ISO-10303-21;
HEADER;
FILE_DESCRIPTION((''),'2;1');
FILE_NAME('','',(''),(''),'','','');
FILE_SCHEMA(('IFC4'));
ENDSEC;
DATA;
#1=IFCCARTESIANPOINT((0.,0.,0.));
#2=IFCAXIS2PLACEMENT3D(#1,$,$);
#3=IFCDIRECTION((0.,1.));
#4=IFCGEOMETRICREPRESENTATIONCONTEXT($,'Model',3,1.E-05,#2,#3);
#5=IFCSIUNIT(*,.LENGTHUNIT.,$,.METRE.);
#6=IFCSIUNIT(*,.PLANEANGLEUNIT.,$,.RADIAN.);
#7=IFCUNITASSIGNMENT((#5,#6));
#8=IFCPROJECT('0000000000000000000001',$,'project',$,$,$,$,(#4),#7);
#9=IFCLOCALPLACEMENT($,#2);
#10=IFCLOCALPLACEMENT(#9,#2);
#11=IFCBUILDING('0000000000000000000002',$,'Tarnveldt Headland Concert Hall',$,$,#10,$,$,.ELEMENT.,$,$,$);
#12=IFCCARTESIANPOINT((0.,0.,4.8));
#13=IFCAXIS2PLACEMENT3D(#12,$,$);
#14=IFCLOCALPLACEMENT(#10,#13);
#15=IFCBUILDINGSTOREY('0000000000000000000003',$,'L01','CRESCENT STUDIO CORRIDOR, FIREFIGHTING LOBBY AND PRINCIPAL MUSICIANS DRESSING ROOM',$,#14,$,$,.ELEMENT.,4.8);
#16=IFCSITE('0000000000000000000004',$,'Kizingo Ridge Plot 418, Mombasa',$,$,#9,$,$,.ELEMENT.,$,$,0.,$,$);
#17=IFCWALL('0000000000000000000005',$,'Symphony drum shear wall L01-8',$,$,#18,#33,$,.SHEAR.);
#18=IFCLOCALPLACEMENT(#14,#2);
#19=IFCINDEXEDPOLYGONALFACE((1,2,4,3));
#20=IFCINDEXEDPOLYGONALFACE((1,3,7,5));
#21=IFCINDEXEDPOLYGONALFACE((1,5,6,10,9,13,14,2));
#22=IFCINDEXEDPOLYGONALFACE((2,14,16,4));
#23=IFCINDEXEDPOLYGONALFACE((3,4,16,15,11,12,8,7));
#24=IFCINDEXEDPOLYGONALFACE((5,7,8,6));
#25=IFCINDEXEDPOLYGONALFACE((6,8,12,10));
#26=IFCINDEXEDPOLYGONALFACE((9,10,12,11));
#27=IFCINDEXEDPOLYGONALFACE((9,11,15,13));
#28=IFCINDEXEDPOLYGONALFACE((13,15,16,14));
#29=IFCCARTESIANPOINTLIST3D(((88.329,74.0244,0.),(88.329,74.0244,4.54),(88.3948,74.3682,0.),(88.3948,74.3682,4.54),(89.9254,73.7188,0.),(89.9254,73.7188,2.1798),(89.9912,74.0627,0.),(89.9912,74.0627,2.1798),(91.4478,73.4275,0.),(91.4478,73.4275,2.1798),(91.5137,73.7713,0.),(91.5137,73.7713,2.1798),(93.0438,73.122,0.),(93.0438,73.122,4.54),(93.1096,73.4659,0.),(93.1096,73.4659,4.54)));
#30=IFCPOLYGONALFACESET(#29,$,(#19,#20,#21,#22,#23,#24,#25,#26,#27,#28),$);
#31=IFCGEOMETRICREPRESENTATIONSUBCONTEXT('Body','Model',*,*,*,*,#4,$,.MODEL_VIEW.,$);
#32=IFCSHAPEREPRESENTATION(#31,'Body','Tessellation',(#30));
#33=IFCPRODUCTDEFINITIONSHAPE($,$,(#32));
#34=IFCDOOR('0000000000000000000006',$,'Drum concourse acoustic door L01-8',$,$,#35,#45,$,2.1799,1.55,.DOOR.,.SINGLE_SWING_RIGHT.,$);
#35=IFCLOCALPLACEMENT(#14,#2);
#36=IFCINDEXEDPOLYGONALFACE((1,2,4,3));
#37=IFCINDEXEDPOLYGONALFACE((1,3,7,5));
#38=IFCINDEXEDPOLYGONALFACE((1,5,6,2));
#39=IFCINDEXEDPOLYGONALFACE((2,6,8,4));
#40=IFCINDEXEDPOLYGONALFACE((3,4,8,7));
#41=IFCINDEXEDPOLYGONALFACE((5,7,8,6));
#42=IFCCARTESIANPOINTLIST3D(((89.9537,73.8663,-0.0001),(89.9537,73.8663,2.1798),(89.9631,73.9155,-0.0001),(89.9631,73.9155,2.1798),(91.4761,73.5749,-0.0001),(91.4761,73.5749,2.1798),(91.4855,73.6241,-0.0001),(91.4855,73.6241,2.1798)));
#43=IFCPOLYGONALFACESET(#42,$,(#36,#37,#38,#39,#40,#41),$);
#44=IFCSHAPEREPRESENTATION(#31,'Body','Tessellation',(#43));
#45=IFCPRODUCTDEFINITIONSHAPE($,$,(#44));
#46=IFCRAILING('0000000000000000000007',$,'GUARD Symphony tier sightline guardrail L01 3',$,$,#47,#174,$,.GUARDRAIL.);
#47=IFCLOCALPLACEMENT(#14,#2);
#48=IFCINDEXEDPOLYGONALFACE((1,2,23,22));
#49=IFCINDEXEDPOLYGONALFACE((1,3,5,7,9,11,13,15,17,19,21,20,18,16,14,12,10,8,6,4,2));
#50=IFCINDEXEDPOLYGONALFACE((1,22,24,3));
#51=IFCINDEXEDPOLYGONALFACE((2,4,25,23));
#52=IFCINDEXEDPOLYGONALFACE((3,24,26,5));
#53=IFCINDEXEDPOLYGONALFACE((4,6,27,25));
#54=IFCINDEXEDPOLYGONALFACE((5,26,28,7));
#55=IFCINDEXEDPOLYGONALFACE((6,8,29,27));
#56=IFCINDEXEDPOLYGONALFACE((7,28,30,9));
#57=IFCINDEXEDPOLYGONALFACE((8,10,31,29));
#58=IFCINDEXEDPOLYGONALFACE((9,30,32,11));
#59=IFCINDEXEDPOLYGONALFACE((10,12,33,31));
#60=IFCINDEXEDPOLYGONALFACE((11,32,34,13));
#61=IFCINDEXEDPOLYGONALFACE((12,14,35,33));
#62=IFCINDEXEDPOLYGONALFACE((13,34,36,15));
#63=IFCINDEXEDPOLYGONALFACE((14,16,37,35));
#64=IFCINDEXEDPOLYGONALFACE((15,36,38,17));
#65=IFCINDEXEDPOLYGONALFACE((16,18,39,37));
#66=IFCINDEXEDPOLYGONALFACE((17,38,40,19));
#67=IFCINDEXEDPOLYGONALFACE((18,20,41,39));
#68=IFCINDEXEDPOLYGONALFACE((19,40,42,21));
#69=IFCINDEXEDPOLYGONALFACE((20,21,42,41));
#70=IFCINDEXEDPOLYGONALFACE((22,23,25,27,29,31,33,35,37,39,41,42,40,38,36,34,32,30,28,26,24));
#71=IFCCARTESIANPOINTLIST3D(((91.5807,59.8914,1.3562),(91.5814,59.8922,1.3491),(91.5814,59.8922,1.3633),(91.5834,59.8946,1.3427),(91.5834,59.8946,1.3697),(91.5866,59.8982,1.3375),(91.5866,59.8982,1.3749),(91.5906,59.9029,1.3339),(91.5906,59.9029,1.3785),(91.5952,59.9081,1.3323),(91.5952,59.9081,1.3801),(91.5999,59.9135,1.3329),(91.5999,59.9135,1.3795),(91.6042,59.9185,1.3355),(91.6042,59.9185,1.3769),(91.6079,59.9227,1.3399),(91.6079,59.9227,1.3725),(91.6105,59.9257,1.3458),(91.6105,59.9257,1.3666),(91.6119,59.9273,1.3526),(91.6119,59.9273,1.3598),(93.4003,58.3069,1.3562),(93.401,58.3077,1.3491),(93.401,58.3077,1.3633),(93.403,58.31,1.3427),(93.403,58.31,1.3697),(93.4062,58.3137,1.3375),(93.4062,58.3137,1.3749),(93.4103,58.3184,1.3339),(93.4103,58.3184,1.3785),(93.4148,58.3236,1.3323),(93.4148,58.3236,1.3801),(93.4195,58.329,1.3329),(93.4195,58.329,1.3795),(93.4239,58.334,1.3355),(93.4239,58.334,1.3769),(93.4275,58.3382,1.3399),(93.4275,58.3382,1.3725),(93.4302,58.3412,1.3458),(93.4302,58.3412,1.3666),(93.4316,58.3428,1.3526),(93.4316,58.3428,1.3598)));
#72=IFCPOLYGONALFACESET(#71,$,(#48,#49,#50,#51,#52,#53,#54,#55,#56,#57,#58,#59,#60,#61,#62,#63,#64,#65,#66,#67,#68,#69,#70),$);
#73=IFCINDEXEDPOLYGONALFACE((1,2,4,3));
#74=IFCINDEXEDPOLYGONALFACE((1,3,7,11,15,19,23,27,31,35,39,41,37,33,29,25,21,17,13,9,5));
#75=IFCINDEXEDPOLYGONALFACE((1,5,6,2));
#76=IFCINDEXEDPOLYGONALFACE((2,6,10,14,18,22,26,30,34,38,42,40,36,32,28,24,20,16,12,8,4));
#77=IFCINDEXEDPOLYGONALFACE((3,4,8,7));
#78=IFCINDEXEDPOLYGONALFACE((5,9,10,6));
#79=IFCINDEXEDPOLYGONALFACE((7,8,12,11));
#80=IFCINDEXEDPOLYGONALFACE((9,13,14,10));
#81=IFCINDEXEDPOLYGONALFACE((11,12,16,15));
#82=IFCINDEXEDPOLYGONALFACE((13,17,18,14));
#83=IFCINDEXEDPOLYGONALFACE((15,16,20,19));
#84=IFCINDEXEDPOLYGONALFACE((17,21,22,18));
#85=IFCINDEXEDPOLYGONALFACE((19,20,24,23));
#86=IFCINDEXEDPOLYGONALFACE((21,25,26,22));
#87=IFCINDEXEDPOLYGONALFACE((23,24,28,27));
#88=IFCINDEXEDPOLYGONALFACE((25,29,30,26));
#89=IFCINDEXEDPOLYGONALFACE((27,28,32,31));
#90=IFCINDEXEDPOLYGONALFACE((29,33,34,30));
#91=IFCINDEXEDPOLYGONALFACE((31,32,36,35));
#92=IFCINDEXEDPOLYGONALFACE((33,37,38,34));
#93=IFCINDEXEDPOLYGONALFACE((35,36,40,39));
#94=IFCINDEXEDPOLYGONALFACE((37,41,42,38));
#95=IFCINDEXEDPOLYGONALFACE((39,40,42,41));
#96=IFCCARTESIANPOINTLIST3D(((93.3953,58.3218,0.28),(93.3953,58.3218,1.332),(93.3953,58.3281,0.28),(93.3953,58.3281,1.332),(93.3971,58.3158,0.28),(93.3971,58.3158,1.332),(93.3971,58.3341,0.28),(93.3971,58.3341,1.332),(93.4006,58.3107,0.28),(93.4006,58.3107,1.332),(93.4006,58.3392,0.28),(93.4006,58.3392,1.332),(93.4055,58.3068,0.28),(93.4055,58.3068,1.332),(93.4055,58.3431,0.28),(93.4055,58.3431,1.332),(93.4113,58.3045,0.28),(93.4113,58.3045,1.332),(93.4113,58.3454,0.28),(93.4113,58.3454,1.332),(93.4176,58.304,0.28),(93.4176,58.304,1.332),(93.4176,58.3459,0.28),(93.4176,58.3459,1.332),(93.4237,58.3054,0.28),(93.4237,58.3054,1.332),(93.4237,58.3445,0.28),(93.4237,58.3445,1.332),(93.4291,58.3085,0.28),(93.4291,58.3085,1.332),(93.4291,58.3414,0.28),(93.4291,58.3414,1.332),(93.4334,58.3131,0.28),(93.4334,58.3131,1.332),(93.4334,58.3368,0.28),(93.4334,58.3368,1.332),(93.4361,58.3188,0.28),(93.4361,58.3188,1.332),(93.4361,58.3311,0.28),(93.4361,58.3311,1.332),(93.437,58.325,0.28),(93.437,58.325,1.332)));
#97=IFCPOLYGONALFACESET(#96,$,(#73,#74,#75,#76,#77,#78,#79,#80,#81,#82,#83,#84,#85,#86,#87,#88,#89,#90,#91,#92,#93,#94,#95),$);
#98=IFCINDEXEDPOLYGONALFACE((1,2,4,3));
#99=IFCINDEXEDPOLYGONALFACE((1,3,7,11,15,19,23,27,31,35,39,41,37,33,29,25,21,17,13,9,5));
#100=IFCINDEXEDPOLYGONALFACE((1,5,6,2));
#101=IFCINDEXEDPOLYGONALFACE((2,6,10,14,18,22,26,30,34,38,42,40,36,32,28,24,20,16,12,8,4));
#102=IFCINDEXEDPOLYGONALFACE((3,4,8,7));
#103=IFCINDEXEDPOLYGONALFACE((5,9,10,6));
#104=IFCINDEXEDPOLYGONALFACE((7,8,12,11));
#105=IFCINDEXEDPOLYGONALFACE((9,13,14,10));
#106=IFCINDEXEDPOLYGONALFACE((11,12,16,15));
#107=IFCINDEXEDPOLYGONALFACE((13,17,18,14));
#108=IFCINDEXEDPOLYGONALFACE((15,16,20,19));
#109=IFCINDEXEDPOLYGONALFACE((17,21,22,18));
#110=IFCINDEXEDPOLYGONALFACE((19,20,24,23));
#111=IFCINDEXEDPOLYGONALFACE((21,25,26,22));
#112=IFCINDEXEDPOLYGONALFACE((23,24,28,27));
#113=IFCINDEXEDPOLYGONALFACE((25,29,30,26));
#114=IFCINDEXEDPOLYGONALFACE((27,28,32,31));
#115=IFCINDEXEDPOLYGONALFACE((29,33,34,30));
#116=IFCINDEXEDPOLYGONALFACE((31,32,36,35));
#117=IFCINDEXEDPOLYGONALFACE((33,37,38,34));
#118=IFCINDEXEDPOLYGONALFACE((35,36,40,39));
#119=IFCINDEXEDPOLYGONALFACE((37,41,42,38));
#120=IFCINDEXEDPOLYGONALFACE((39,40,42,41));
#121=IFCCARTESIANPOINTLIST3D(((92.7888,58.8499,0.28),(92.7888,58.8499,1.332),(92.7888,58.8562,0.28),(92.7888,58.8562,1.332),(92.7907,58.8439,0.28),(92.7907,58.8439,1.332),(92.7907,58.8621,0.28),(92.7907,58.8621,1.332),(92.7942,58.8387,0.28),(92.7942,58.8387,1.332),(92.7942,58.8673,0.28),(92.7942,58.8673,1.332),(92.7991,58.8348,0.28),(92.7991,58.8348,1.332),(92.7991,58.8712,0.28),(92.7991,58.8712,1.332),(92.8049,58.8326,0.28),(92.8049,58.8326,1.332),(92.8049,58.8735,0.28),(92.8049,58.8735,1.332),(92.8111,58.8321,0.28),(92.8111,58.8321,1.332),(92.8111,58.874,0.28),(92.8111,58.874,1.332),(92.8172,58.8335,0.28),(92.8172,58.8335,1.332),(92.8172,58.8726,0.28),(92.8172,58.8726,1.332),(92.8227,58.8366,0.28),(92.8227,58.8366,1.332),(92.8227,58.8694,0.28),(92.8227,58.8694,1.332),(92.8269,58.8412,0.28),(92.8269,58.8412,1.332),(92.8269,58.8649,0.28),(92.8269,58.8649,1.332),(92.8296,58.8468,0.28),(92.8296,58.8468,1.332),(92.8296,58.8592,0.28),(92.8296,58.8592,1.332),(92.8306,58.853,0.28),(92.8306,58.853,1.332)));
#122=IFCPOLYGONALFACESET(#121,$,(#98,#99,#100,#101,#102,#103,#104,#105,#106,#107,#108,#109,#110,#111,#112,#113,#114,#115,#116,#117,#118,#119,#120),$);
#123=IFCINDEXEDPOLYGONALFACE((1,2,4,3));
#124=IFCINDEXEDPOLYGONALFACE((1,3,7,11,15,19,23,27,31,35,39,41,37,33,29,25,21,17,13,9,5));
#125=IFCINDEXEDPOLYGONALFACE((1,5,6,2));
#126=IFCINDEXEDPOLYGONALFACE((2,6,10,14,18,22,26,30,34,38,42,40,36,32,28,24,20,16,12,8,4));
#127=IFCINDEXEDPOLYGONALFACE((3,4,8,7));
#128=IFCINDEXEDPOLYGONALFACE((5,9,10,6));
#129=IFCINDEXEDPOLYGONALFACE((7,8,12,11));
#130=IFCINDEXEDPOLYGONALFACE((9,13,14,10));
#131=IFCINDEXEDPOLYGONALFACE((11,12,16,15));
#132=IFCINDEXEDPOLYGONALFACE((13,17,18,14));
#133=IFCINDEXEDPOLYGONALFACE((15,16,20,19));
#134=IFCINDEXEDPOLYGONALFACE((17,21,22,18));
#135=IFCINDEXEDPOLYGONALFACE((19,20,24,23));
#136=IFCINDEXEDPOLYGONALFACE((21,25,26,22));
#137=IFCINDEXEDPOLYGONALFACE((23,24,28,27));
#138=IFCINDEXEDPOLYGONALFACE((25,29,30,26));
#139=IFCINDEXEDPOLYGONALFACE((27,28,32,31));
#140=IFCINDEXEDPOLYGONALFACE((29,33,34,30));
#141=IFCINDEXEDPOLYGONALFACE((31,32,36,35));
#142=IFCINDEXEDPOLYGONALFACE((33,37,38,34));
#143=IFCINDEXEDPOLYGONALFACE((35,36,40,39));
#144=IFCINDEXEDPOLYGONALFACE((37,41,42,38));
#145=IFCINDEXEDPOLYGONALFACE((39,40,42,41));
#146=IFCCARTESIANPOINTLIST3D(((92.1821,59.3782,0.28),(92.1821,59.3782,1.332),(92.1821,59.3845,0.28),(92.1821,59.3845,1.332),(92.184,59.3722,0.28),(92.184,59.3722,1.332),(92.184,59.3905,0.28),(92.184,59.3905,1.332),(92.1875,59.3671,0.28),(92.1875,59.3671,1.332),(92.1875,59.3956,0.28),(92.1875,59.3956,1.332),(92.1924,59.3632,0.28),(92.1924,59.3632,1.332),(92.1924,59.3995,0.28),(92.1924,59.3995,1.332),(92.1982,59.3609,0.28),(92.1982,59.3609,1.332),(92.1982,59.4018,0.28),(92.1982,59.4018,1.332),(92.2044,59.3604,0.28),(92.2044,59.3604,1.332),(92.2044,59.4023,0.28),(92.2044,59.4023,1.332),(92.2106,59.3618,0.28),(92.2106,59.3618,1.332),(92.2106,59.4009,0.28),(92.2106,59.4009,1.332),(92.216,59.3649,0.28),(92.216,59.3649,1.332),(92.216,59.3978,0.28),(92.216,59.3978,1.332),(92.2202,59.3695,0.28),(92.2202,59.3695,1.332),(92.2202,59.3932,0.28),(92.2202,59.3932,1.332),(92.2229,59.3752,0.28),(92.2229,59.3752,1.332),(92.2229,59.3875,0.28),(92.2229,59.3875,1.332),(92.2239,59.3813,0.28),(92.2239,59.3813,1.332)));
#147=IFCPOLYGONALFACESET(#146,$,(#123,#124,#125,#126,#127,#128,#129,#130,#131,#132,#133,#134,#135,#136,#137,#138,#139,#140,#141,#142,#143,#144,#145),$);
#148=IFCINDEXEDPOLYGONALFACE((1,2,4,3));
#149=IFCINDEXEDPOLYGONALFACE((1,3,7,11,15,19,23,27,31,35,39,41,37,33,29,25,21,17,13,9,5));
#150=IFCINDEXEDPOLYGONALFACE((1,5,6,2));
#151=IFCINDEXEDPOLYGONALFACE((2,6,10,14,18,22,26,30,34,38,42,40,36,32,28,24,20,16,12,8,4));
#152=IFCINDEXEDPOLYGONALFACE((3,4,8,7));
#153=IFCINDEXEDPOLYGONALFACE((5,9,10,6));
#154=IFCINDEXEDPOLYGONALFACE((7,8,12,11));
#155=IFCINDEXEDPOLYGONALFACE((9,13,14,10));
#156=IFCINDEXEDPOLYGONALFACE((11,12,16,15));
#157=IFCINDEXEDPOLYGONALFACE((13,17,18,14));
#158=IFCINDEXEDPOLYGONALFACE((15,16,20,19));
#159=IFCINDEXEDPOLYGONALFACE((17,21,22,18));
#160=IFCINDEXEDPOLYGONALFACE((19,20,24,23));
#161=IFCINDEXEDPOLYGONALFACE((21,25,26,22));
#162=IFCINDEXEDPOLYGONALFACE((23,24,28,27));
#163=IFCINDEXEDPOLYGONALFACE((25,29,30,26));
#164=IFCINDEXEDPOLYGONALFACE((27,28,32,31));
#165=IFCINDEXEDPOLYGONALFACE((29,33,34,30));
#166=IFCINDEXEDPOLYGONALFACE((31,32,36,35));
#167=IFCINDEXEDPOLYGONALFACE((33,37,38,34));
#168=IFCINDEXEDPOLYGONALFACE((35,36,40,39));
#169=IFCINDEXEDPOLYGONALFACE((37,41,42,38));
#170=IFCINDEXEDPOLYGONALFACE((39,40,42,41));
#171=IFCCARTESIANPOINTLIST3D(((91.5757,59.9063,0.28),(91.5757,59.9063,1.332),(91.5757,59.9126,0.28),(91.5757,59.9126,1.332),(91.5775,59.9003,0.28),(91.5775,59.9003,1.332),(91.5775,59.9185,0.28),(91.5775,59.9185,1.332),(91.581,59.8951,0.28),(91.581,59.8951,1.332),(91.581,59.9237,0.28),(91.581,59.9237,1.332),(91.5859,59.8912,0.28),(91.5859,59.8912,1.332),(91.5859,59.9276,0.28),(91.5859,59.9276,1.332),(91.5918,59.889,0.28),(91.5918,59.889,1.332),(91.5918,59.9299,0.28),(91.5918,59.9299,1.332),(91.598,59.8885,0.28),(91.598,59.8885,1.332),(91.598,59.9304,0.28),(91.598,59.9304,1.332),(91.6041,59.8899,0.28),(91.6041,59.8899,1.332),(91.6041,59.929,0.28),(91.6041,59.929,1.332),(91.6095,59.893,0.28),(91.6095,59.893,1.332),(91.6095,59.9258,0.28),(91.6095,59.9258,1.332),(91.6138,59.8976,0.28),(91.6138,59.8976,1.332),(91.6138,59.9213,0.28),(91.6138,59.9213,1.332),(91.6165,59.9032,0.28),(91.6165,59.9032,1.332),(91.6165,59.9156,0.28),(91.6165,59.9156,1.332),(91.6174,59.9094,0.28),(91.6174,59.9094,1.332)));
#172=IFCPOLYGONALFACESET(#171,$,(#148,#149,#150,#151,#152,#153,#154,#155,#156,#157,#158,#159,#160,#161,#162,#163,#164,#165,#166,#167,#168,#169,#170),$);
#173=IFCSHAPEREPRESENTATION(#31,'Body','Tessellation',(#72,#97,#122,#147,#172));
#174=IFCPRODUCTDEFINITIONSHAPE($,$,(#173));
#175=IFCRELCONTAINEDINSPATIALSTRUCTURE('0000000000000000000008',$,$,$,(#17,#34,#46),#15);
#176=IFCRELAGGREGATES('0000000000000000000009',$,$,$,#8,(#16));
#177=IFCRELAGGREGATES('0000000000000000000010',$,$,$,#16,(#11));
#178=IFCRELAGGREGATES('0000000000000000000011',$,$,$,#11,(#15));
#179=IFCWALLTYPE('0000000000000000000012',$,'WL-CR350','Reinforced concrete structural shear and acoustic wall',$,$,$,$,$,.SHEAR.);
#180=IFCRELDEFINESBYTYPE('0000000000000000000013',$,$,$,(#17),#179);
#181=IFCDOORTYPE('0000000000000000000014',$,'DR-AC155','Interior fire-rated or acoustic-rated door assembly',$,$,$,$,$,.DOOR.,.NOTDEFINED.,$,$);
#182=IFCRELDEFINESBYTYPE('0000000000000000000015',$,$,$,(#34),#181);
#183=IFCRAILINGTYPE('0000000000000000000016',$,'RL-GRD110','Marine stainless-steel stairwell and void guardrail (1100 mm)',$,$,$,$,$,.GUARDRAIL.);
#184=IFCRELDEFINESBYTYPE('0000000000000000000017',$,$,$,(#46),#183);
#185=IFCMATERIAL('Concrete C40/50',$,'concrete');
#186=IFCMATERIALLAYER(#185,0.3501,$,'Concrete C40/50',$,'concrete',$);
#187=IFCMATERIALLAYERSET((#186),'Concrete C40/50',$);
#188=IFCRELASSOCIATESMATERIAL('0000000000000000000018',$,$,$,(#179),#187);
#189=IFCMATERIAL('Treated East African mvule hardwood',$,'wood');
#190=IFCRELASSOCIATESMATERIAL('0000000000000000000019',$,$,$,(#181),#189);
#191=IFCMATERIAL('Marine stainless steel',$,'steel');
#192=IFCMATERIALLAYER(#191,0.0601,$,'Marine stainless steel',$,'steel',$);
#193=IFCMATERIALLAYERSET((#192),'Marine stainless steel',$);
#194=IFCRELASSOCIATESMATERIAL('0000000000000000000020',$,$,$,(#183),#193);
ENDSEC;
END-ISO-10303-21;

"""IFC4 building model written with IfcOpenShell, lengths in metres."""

from ifc_helpers import new_model, si_unit, direction, frame, frame_2d, origin, origin_2d, place, context, subcontext, project, spatial, rectangle, circle, extrude, material, layer, layer_set, type_object, element, fill, save


model = new_model("IFC4")

# Units and contexts
model_context = context("Model", 3, precision=1e-05, world=origin(), true_north=direction((0.0, 1.0)))
body_context = subcontext(model_context, "Body", "Model", "MODEL_VIEW")
ifc_project = project(units=[si_unit("LENGTHUNIT", "METRE"), si_unit("PLANEANGLEUNIT", "RADIAN")], contexts=[model_context])

# Site, building, storey
site_placement = place(None, origin())
site = spatial("IfcSite", under=ifc_project, at=site_placement, Name="Kizingo Ridge Plot 418, Mombasa", CompositionType="ELEMENT", RefElevation=0.0)
building_placement = place(site_placement, origin())
building = spatial("IfcBuilding", under=site, at=building_placement, Name="Tarnveldt Headland Concert Hall", CompositionType="ELEMENT")
storey_placement = place(building_placement, frame((0.0, 0.0, 4.8)))
storey = spatial("IfcBuildingStorey", under=building, at=storey_placement, Name="L01", Description="CRESCENT STUDIO CORRIDOR, FIREFIGHTING LOBBY AND PRINCIPAL MUSICIANS DRESSING ROOM", CompositionType="ELEMENT", Elevation=4.8)

# Shared definitions
ifc_material_1 = material(Name="Concrete C40/50", Category="concrete")

# Wall, opening, door
ifc_layer_1 = layer(ifc_material_1, 0.3501, Name="Concrete C40/50", Category="concrete")
ifc_layer_set_1 = layer_set([ifc_layer_1], Name="Concrete C40/50")
wall_type_1 = type_object("IfcWallType", Name="WL-CR350", Description="Reinforced concrete structural shear and acoustic wall", PredefinedType="SHEAR", material=ifc_layer_set_1)
wall_1_placement = place(storey_placement, frame((93.0767, 73.2939, 0.0), z_axis=(0.0, 0.0, 1.0), x_axis=(-0.982173, 0.187981, 0.0)))
wall_1 = element("IfcWall", 1, at=wall_1_placement, inside=storey, type_object=wall_type_1, Name="Symphony drum shear wall L01-8", PredefinedType="SHEAR", context=body_context, shape_type="SweptSolid", body=[
    extrude(rectangle(XDim=4.8003, YDim=0.3501, at=frame_2d((2.4001, 0.0))), origin(), (0.0, 0.0, 1.0), 4.54),
])
opening_placement = place(wall_1_placement, frame((1.625, 0.0, 0.0)))
opening = element("IfcOpeningElement", 2, at=opening_placement, cuts=wall_1, PredefinedType="OPENING", context=body_context, shape_type="SweptSolid", body=[
    extrude(rectangle(XDim=1.55, YDim=2.1799, at=frame_2d((0.7749, 1.0898))), frame((0.0, 0.1851, 0.0), z_axis=(0.0, -1.0, 0.0), x_axis=(1.0, 0.0, 0.0)), (0.0, 0.0, 1.0), 0.3701),
])
ifc_material_2 = material(Name="Treated East African mvule hardwood", Category="wood")
door_type = type_object("IfcDoorType", Name="DR-AC155", Description="Interior fire-rated or acoustic-rated door assembly", OperationType="NOTDEFINED", PredefinedType="DOOR", material=ifc_material_2)
door_placement = place(opening_placement, origin())
door = element("IfcDoor", 3, at=door_placement, inside=storey, type_object=door_type, Name="Drum concourse acoustic door L01-8", OperationType="SINGLE_SWING_RIGHT", OverallHeight=2.1799, OverallWidth=1.55, PredefinedType="DOOR", context=body_context, shape_type="SweptSolid", body=[
    extrude(rectangle(XDim=1.55, YDim=2.1799, at=frame_2d((0.7749, 1.0898))), frame((0.0, 0.0249, 0.0), z_axis=(0.0, -1.0, 0.0), x_axis=(1.0, 0.0, 0.0)), (0.0, 0.0, 1.0), 0.05),
])
fill(opening, door)

# Railing
ifc_material_3 = material(Name="Marine stainless steel", Category="steel")
ifc_layer_2 = layer(ifc_material_3, 0.0601, Name="Marine stainless steel", Category="steel")
ifc_layer_set_2 = layer_set([ifc_layer_2], Name="Marine stainless steel")
railing_type = type_object("IfcRailingType", Name="RL-GRD110", Description="Marine stainless-steel stairwell and void guardrail (1100 mm)", PredefinedType="GUARDRAIL", material=ifc_layer_set_2)
railing_1_placement = place(storey_placement, frame((93.416, 58.325, 0.28)))
element("IfcRailing", 4, at=railing_1_placement, inside=storey, type_object=railing_type, Name="GUARD Symphony tier sightline guardrail L01 3", PredefinedType="GUARDRAIL", context=body_context, shape_type="SweptSolid", body=[
    extrude(circle(Radius=0.0239, at=origin_2d()), frame((0.0, 0.0, 1.0762), z_axis=(-0.754148, 0.656705, 0.0), x_axis=(-0.656705, -0.754148, 0.0)), (0.0, 0.0, 1.0), 2.4128),
    extrude(circle(Radius=0.021, at=origin_2d()), origin(), (0.0, 0.0, 1.0), 1.052),
    extrude(circle(Radius=0.021, at=origin_2d()), frame((-0.6064, 0.5281, 0.0)), (0.0, 0.0, 1.0), 1.052),
    extrude(circle(Radius=0.021, at=origin_2d()), frame((-1.2131, 1.0564, 0.0)), (0.0, 0.0, 1.0), 1.052),
    extrude(circle(Radius=0.021, at=origin_2d()), frame((-1.8196, 1.5845, 0.0)), (0.0, 0.0, 1.0), 1.052),
])

save(model, "model.ifc")
